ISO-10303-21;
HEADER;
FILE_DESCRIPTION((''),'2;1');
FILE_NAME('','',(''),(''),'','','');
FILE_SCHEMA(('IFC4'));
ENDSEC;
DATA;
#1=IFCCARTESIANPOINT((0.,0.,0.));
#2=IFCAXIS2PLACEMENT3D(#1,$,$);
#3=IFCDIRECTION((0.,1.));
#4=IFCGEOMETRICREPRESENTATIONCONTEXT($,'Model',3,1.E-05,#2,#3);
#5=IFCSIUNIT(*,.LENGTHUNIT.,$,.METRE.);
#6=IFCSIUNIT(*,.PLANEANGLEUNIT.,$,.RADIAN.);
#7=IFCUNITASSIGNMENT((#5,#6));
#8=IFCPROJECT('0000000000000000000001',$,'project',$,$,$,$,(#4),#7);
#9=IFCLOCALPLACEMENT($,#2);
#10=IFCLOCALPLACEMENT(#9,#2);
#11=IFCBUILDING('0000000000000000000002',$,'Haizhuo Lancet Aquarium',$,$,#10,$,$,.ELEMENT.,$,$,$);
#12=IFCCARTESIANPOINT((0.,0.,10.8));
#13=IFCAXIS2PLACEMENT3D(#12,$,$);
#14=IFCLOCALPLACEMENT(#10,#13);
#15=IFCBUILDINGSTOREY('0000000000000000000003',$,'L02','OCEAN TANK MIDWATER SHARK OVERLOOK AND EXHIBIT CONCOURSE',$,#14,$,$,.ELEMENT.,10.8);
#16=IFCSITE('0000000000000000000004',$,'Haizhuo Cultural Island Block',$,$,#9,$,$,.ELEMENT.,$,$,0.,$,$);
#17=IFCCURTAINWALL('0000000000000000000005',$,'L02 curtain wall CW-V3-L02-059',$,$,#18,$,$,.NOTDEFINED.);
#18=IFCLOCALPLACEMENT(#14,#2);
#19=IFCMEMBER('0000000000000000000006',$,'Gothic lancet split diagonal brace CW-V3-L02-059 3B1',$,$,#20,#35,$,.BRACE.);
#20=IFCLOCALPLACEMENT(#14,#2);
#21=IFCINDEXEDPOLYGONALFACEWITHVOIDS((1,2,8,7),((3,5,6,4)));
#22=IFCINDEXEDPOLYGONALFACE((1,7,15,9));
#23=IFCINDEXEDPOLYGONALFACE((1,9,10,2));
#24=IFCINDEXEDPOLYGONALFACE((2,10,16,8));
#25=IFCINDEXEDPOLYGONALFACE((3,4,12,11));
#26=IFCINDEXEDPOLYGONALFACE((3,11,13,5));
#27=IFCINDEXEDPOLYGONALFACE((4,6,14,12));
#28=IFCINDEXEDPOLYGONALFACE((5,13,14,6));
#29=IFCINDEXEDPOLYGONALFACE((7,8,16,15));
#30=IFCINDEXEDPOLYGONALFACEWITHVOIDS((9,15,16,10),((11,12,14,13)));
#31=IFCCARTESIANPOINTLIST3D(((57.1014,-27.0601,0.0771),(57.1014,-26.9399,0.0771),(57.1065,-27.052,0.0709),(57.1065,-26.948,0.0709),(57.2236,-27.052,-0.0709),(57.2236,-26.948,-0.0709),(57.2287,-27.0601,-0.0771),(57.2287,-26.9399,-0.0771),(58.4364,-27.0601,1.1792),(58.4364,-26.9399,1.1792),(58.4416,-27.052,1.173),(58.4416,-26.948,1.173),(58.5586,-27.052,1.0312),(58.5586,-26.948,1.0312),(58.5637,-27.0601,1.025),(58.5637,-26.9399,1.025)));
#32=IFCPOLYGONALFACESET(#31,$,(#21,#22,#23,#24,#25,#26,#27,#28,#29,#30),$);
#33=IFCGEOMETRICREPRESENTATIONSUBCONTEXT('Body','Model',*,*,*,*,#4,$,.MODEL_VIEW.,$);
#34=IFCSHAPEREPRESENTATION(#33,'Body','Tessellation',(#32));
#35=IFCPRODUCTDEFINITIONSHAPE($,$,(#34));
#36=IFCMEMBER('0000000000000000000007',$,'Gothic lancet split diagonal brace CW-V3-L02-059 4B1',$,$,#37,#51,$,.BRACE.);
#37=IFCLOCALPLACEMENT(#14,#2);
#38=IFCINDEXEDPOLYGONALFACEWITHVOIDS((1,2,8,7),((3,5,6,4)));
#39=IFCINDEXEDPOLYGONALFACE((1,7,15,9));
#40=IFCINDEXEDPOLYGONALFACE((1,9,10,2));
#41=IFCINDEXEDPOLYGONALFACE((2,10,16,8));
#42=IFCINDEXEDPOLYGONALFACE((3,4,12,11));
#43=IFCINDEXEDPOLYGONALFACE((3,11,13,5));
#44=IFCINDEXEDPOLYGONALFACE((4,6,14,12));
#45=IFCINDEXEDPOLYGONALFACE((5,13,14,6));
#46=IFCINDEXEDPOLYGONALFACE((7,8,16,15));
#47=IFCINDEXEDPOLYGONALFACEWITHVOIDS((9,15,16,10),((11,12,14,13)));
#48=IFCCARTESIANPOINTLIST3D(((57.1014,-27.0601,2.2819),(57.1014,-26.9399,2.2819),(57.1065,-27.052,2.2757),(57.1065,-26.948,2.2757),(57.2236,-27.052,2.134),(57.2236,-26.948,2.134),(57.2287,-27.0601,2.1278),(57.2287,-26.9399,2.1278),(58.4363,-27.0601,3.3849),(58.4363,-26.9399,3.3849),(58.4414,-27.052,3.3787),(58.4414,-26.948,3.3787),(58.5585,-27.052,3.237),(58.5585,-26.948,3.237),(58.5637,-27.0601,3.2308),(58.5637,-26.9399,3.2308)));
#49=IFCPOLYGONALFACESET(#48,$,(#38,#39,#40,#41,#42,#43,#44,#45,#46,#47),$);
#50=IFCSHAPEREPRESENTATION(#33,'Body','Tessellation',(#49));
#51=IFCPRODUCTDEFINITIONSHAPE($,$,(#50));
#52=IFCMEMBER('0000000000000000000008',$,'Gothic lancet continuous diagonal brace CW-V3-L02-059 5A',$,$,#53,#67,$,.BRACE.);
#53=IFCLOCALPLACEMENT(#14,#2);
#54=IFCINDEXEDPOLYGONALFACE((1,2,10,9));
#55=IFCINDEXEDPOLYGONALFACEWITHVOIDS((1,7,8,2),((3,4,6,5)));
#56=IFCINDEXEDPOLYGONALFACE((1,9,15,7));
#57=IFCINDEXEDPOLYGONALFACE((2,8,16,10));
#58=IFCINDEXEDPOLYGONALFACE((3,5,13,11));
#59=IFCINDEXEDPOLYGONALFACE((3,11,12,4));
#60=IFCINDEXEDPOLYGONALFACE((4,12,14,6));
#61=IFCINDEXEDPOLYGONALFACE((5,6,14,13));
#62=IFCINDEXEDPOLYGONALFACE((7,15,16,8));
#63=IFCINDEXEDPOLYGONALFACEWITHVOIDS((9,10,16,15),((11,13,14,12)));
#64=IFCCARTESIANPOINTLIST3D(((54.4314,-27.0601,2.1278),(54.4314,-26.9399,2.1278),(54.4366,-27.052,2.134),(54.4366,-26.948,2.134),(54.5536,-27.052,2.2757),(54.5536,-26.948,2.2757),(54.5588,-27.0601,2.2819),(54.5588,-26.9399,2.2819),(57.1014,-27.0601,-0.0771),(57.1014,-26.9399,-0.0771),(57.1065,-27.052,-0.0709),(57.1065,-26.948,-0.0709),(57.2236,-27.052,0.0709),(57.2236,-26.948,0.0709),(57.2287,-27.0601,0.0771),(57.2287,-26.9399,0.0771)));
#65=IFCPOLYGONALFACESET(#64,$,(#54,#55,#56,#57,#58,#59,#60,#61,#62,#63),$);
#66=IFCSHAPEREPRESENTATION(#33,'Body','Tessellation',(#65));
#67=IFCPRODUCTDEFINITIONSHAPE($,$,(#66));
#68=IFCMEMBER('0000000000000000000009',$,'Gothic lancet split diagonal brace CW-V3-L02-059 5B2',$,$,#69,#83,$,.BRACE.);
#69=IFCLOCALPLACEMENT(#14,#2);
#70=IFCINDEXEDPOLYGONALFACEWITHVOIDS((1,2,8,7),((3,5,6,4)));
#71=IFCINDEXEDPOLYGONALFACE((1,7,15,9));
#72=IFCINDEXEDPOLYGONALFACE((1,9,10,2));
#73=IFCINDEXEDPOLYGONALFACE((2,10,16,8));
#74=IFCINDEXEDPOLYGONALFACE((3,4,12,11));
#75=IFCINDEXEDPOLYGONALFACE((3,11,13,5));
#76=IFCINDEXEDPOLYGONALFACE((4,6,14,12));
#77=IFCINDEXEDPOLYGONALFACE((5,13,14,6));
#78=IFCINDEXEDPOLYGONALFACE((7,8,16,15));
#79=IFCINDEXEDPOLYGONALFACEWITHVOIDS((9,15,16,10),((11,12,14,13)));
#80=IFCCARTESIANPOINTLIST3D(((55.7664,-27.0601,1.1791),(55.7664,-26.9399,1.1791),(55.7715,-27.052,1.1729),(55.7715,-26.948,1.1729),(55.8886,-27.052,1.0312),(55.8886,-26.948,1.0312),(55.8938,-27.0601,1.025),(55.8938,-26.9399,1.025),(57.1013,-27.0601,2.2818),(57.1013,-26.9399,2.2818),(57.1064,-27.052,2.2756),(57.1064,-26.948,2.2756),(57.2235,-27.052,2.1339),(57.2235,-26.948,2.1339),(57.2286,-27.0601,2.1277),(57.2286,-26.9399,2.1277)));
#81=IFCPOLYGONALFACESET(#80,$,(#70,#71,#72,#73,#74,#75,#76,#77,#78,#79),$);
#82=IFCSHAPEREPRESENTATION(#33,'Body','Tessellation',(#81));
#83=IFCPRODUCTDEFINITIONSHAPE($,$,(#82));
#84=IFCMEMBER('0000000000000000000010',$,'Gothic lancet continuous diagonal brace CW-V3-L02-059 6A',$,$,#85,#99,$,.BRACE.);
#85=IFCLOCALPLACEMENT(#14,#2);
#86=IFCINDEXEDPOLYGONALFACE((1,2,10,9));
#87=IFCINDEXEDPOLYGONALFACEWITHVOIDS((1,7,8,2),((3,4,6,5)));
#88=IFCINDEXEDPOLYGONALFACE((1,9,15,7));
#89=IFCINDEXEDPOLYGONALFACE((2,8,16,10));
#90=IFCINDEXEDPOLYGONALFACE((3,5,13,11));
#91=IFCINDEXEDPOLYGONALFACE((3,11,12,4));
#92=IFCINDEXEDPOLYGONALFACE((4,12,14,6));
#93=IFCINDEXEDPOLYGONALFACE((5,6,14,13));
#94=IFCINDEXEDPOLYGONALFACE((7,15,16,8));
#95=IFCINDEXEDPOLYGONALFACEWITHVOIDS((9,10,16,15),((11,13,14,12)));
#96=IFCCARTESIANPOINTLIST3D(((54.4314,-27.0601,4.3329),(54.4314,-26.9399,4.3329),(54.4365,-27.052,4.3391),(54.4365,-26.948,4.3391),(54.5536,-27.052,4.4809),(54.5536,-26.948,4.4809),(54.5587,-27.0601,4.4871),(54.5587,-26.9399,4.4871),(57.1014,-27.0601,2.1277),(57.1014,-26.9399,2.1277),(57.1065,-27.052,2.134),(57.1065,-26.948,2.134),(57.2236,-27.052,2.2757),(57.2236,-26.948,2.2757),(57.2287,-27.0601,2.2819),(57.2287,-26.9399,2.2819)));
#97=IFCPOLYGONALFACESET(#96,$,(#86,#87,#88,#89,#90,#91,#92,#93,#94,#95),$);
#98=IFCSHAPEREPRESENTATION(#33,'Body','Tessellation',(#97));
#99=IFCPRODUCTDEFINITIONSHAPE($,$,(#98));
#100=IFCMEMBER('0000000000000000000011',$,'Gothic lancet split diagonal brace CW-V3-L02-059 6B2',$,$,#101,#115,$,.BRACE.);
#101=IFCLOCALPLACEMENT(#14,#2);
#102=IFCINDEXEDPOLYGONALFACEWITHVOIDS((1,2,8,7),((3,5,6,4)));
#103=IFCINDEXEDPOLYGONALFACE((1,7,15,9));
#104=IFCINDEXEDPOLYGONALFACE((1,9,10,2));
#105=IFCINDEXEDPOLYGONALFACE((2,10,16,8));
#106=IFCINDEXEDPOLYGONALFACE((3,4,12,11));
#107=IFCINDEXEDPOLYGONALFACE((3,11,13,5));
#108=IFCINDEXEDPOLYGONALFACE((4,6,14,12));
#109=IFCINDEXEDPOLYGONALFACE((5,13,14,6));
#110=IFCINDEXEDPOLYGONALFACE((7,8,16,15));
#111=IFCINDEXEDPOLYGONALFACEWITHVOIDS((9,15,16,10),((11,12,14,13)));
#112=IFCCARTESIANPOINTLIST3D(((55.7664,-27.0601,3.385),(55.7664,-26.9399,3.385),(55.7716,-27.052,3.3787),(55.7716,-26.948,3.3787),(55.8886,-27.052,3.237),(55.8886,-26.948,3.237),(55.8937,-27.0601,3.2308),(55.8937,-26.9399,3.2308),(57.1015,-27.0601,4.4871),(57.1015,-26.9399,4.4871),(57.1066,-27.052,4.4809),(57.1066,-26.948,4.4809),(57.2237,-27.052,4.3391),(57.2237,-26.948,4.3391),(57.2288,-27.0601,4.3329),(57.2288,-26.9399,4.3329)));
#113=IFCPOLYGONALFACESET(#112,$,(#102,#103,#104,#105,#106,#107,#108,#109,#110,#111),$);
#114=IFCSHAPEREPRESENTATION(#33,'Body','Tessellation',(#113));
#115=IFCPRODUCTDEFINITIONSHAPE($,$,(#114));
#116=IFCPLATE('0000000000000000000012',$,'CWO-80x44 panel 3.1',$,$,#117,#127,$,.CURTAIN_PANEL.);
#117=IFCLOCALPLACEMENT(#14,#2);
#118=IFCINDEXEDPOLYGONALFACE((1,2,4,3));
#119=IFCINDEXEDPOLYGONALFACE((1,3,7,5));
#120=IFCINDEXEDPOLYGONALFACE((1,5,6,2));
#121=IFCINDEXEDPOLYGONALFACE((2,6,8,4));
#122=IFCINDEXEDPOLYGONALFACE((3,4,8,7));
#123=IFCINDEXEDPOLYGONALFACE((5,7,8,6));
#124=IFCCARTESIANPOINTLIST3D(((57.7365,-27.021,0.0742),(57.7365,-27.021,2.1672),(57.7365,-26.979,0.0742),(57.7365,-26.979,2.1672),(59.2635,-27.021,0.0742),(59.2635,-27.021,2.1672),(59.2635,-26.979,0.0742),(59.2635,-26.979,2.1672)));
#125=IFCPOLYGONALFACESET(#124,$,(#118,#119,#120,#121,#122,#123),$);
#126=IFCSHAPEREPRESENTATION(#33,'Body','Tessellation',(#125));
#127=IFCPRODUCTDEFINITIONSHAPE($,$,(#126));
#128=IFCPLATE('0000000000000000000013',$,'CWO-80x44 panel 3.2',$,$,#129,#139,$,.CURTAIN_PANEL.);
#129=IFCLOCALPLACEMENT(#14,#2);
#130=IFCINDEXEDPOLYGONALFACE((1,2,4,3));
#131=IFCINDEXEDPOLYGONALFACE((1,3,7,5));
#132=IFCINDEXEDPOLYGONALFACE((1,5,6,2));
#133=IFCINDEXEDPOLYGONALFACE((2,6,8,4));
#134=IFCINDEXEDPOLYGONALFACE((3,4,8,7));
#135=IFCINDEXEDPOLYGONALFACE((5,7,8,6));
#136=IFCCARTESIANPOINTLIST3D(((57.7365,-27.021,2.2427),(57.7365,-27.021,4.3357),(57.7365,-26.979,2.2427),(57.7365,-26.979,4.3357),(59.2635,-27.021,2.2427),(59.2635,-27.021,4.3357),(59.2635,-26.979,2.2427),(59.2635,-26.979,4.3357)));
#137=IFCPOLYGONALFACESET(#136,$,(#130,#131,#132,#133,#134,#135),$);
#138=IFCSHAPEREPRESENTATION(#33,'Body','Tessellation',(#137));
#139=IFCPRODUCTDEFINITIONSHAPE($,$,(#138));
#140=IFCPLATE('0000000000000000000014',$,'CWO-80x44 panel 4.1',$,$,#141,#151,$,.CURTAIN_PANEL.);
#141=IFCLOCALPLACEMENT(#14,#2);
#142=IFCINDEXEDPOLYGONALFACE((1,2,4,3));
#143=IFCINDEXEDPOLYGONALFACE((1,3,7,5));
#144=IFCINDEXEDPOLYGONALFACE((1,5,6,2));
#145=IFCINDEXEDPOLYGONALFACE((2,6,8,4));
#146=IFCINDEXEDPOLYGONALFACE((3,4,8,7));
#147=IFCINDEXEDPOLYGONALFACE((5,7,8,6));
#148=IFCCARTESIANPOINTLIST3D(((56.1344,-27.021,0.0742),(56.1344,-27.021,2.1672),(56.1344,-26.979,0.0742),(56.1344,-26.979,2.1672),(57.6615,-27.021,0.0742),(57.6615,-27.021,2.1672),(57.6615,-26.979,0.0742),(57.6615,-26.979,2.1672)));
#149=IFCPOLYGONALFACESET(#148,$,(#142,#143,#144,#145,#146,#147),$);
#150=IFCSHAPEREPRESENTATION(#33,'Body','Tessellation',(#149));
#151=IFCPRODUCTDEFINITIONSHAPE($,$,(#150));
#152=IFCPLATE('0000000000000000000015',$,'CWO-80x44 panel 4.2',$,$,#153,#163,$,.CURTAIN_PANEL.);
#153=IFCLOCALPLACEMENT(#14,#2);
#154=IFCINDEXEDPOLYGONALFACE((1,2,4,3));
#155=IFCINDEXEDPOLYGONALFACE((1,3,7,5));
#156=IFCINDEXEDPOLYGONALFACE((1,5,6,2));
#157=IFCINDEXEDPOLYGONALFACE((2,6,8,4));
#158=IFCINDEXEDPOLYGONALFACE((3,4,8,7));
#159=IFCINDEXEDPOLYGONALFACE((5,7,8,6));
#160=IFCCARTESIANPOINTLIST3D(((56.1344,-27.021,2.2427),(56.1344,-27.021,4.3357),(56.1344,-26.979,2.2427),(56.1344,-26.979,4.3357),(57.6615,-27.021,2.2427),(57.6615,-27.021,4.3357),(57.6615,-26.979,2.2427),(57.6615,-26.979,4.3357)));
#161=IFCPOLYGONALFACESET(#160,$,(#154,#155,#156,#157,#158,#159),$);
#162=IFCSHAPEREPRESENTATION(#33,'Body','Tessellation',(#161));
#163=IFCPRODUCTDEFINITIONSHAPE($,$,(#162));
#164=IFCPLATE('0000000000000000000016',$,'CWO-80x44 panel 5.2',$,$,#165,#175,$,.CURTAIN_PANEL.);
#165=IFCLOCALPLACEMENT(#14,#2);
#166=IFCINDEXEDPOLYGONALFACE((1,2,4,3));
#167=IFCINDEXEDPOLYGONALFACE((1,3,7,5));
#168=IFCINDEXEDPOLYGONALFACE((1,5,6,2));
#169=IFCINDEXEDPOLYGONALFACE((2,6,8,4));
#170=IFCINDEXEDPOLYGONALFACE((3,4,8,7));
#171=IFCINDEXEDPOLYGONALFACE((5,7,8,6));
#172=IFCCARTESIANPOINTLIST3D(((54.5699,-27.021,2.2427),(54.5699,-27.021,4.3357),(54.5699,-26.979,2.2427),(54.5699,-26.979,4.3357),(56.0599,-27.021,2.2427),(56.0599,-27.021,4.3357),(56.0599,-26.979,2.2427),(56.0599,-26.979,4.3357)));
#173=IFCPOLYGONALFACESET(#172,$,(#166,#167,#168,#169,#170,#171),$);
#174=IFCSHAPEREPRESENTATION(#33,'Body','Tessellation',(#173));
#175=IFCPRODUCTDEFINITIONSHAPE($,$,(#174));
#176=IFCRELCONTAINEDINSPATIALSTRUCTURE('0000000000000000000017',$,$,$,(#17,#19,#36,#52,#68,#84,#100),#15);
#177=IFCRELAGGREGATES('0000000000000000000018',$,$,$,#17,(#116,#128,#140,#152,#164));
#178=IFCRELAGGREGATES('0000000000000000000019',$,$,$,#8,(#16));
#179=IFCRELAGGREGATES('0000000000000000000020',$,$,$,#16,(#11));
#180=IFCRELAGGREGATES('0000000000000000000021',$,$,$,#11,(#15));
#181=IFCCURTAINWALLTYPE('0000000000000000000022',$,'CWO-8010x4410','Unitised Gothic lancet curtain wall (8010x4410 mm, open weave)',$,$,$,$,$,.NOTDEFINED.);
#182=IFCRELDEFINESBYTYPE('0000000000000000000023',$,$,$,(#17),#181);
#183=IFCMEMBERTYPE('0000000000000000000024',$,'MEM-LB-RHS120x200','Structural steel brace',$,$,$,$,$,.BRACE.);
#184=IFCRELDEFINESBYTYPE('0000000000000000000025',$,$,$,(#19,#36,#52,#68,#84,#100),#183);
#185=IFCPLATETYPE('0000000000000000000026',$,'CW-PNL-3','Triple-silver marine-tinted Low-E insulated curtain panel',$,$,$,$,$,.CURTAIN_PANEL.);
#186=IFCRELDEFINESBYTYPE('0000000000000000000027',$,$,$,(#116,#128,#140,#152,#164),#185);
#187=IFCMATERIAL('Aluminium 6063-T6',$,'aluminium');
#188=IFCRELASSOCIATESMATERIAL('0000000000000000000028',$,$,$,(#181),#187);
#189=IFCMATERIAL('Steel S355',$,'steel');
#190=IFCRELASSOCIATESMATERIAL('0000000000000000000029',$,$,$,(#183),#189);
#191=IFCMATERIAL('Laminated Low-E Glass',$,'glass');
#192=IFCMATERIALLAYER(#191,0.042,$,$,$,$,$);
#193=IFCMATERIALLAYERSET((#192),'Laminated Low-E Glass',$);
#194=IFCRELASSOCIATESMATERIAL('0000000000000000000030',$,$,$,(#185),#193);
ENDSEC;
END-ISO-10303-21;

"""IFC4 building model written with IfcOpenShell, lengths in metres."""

from ifc_helpers import new_model, si_unit, direction, frame, origin, origin_2d, place, context, subcontext, project, spatial, rectangle, hollow_rectangle, extrude, material, layer, layer_set, material_profile, profile_set, type_object, element, aggregate, save


model = new_model("IFC4")

# Units and contexts
model_context = context("Model", 3, precision=1e-05, world=origin(), true_north=direction((0.0, 1.0)))
body_context = subcontext(model_context, "Body", "Model", "MODEL_VIEW")
ifc_project = project(units=[si_unit("LENGTHUNIT", "METRE"), si_unit("PLANEANGLEUNIT", "RADIAN")], contexts=[model_context])

# Site, building, storey
site_placement = place(None, origin())
site = spatial("IfcSite", under=ifc_project, at=site_placement, Name="Haizhuo Cultural Island Block", CompositionType="ELEMENT", RefElevation=0.0)
building_placement = place(site_placement, origin())
building = spatial("IfcBuilding", under=site, at=building_placement, Name="Haizhuo Lancet Aquarium", CompositionType="ELEMENT")
storey_placement = place(building_placement, frame((0.0, 0.0, 10.8)))
storey = spatial("IfcBuildingStorey", under=building, at=storey_placement, Name="L02", Description="OCEAN TANK MIDWATER SHARK OVERLOOK AND EXHIBIT CONCOURSE", CompositionType="ELEMENT", Elevation=10.8)

# Curtain wall
ifc_material_1 = material(Name="Aluminium 6063-T6", Category="aluminium")
curtain_wall_type = type_object("IfcCurtainWallType", Name="CWO-8010x4410", Description="Unitised Gothic lancet curtain wall (8010x4410 mm, open weave)", PredefinedType="NOTDEFINED", material=ifc_material_1)
curtain_wall_placement = place(storey_placement, origin())
curtain_wall = element("IfcCurtainWall", 1, at=curtain_wall_placement, inside=storey, type_object=curtain_wall_type, Name="L02 curtain wall CW-V3-L02-059", PredefinedType="NOTDEFINED")

# Shared definitions
ifc_material_2 = material(Name="Steel S355", Category="steel")

# Members
ifc_material_profile_1 = material_profile(ifc_material_2, hollow_rectangle(XDim=0.1201, YDim=0.2, WallThickness=0.0081, at=origin_2d()), Name="RHS 120x200x8")
ifc_profile_set_1 = profile_set([ifc_material_profile_1], Name="Steel S355")
member_type_1 = type_object("IfcMemberType", Name="MEM-LB-RHS120x200", Description="Structural steel brace", PredefinedType="BRACE", material=ifc_profile_set_1)
member_1_placement = place(storey_placement, frame((57.165, -27.0, 0.0), z_axis=(0.771172, 0.0, 0.636626), x_axis=(0.0, 1.0, 0.0)))
element("IfcMember", 2, at=member_1_placement, inside=storey, type_object=member_type_1, Name="Gothic lancet split diagonal brace CW-V3-L02-059 3B1", PredefinedType="BRACE", context=body_context, shape_type="SweptSolid", body=[
    extrude(hollow_rectangle(XDim=0.1201, YDim=0.2, WallThickness=0.0081, at=origin_2d()), origin(), (0.0, 0.0, 1.0), 1.7312),
])
member_2_placement = place(storey_placement, frame((57.165, -27.0, 2.2048), z_axis=(0.770896, 0.0, 0.636962), x_axis=(0.0, 1.0, 0.0)))
element("IfcMember", 3, at=member_2_placement, inside=storey, type_object=member_type_1, Name="Gothic lancet split diagonal brace CW-V3-L02-059 4B1", PredefinedType="BRACE", context=body_context, shape_type="SweptSolid", body=[
    extrude(hollow_rectangle(XDim=0.1201, YDim=0.2, WallThickness=0.0081, at=origin_2d()), origin(), (0.0, 0.0, 1.0), 1.7317),
])
member_3_placement = place(storey_placement, frame((57.165, -27.0, 0.0), z_axis=(-0.771069, 0.0, 0.636752), x_axis=(0.0, -1.0, 0.0)))
element("IfcMember", 4, at=member_3_placement, inside=storey, type_object=member_type_1, Name="Gothic lancet continuous diagonal brace CW-V3-L02-059 5A", PredefinedType="BRACE", context=body_context, shape_type="SweptSolid", body=[
    extrude(hollow_rectangle(XDim=0.1201, YDim=0.2, WallThickness=0.0081, at=origin_2d()), origin(), (0.0, 0.0, 1.0), 3.4626),
])
member_4_placement = place(storey_placement, frame((55.8301, -27.0, 1.1021), z_axis=(0.770965, 0.0, 0.636878), x_axis=(0.0, 1.0, 0.0)))
element("IfcMember", 5, at=member_4_placement, inside=storey, type_object=member_type_1, Name="Gothic lancet split diagonal brace CW-V3-L02-059 5B2", PredefinedType="BRACE", context=body_context, shape_type="SweptSolid", body=[
    extrude(hollow_rectangle(XDim=0.1201, YDim=0.2, WallThickness=0.0081, at=origin_2d()), origin(), (0.0, 0.0, 1.0), 1.7314),
])
member_5_placement = place(storey_placement, frame((57.165, -27.0, 2.2048), z_axis=(-0.771034, 0.0, 0.636794), x_axis=(0.0, -1.0, 0.0)))
element("IfcMember", 6, at=member_5_placement, inside=storey, type_object=member_type_1, Name="Gothic lancet continuous diagonal brace CW-V3-L02-059 6A", PredefinedType="BRACE", context=body_context, shape_type="SweptSolid", body=[
    extrude(hollow_rectangle(XDim=0.1201, YDim=0.2, WallThickness=0.0081, at=origin_2d()), origin(), (0.0, 0.0, 1.0), 3.4629),
])
member_6_placement = place(storey_placement, frame((55.8301, -27.0, 3.3079), z_axis=(0.771172, 0.0, 0.636626), x_axis=(0.0, 1.0, 0.0)))
element("IfcMember", 7, at=member_6_placement, inside=storey, type_object=member_type_1, Name="Gothic lancet split diagonal brace CW-V3-L02-059 6B2", PredefinedType="BRACE", context=body_context, shape_type="SweptSolid", body=[
    extrude(hollow_rectangle(XDim=0.1201, YDim=0.2, WallThickness=0.0081, at=origin_2d()), origin(), (0.0, 0.0, 1.0), 1.7312),
])

# Plates
ifc_material_3 = material(Name="Laminated Low-E Glass", Category="glass")
ifc_layer_1 = layer(ifc_material_3, 0.042)
ifc_layer_set_1 = layer_set([ifc_layer_1], Name="Laminated Low-E Glass")
plate_type = type_object("IfcPlateType", Name="CW-PNL-3", Description="Triple-silver marine-tinted Low-E insulated curtain panel", PredefinedType="CURTAIN_PANEL", material=ifc_layer_set_1)
plate_1_placement = place(storey_placement, frame((58.5, -27.0, 0.0742), z_axis=(0.0, 0.0, 1.0), x_axis=(-1.0, 0.0, 0.0)))
plate_1 = element("IfcPlate", 8, at=plate_1_placement, type_object=plate_type, Name="CWO-80x44 panel 3.1", PredefinedType="CURTAIN_PANEL", context=body_context, shape_type="SweptSolid", body=[
    extrude(rectangle(XDim=1.5271, YDim=0.042, at=origin_2d()), origin(), (0.0, 0.0, 1.0), 2.093),
])
plate_2_placement = place(storey_placement, frame((58.5, -27.0, 2.2427), z_axis=(0.0, 0.0, 1.0), x_axis=(-1.0, 0.0, 0.0)))
plate_2 = element("IfcPlate", 9, at=plate_2_placement, type_object=plate_type, Name="CWO-80x44 panel 3.2", PredefinedType="CURTAIN_PANEL", context=body_context, shape_type="SweptSolid", body=[
    extrude(rectangle(XDim=1.5271, YDim=0.042, at=origin_2d()), origin(), (0.0, 0.0, 1.0), 2.093),
])
plate_3_placement = place(storey_placement, frame((56.8979, -27.0, 0.0742), z_axis=(0.0, 0.0, 1.0), x_axis=(-1.0, 0.0, 0.0)))
plate_3 = element("IfcPlate", 10, at=plate_3_placement, type_object=plate_type, Name="CWO-80x44 panel 4.1", PredefinedType="CURTAIN_PANEL", context=body_context, shape_type="SweptSolid", body=[
    extrude(rectangle(XDim=1.5271, YDim=0.042, at=origin_2d()), origin(), (0.0, 0.0, 1.0), 2.093),
])
plate_4_placement = place(storey_placement, frame((56.8979, -27.0, 2.2427), z_axis=(0.0, 0.0, 1.0), x_axis=(-1.0, 0.0, 0.0)))
plate_4 = element("IfcPlate", 11, at=plate_4_placement, type_object=plate_type, Name="CWO-80x44 panel 4.2", PredefinedType="CURTAIN_PANEL", context=body_context, shape_type="SweptSolid", body=[
    extrude(rectangle(XDim=1.5271, YDim=0.042, at=origin_2d()), origin(), (0.0, 0.0, 1.0), 2.093),
])
plate_5_placement = place(storey_placement, frame((55.3149, -27.0, 2.2427), z_axis=(0.0, 0.0, 1.0), x_axis=(-1.0, 0.0, 0.0)))
plate_5 = element("IfcPlate", 12, at=plate_5_placement, type_object=plate_type, Name="CWO-80x44 panel 5.2", PredefinedType="CURTAIN_PANEL", context=body_context, shape_type="SweptSolid", body=[
    extrude(rectangle(XDim=1.49, YDim=0.042, at=origin_2d()), origin(), (0.0, 0.0, 1.0), 2.093),
])
aggregate(curtain_wall, [plate_1, plate_2, plate_3, plate_4, plate_5])

save(model, "model.ifc")
